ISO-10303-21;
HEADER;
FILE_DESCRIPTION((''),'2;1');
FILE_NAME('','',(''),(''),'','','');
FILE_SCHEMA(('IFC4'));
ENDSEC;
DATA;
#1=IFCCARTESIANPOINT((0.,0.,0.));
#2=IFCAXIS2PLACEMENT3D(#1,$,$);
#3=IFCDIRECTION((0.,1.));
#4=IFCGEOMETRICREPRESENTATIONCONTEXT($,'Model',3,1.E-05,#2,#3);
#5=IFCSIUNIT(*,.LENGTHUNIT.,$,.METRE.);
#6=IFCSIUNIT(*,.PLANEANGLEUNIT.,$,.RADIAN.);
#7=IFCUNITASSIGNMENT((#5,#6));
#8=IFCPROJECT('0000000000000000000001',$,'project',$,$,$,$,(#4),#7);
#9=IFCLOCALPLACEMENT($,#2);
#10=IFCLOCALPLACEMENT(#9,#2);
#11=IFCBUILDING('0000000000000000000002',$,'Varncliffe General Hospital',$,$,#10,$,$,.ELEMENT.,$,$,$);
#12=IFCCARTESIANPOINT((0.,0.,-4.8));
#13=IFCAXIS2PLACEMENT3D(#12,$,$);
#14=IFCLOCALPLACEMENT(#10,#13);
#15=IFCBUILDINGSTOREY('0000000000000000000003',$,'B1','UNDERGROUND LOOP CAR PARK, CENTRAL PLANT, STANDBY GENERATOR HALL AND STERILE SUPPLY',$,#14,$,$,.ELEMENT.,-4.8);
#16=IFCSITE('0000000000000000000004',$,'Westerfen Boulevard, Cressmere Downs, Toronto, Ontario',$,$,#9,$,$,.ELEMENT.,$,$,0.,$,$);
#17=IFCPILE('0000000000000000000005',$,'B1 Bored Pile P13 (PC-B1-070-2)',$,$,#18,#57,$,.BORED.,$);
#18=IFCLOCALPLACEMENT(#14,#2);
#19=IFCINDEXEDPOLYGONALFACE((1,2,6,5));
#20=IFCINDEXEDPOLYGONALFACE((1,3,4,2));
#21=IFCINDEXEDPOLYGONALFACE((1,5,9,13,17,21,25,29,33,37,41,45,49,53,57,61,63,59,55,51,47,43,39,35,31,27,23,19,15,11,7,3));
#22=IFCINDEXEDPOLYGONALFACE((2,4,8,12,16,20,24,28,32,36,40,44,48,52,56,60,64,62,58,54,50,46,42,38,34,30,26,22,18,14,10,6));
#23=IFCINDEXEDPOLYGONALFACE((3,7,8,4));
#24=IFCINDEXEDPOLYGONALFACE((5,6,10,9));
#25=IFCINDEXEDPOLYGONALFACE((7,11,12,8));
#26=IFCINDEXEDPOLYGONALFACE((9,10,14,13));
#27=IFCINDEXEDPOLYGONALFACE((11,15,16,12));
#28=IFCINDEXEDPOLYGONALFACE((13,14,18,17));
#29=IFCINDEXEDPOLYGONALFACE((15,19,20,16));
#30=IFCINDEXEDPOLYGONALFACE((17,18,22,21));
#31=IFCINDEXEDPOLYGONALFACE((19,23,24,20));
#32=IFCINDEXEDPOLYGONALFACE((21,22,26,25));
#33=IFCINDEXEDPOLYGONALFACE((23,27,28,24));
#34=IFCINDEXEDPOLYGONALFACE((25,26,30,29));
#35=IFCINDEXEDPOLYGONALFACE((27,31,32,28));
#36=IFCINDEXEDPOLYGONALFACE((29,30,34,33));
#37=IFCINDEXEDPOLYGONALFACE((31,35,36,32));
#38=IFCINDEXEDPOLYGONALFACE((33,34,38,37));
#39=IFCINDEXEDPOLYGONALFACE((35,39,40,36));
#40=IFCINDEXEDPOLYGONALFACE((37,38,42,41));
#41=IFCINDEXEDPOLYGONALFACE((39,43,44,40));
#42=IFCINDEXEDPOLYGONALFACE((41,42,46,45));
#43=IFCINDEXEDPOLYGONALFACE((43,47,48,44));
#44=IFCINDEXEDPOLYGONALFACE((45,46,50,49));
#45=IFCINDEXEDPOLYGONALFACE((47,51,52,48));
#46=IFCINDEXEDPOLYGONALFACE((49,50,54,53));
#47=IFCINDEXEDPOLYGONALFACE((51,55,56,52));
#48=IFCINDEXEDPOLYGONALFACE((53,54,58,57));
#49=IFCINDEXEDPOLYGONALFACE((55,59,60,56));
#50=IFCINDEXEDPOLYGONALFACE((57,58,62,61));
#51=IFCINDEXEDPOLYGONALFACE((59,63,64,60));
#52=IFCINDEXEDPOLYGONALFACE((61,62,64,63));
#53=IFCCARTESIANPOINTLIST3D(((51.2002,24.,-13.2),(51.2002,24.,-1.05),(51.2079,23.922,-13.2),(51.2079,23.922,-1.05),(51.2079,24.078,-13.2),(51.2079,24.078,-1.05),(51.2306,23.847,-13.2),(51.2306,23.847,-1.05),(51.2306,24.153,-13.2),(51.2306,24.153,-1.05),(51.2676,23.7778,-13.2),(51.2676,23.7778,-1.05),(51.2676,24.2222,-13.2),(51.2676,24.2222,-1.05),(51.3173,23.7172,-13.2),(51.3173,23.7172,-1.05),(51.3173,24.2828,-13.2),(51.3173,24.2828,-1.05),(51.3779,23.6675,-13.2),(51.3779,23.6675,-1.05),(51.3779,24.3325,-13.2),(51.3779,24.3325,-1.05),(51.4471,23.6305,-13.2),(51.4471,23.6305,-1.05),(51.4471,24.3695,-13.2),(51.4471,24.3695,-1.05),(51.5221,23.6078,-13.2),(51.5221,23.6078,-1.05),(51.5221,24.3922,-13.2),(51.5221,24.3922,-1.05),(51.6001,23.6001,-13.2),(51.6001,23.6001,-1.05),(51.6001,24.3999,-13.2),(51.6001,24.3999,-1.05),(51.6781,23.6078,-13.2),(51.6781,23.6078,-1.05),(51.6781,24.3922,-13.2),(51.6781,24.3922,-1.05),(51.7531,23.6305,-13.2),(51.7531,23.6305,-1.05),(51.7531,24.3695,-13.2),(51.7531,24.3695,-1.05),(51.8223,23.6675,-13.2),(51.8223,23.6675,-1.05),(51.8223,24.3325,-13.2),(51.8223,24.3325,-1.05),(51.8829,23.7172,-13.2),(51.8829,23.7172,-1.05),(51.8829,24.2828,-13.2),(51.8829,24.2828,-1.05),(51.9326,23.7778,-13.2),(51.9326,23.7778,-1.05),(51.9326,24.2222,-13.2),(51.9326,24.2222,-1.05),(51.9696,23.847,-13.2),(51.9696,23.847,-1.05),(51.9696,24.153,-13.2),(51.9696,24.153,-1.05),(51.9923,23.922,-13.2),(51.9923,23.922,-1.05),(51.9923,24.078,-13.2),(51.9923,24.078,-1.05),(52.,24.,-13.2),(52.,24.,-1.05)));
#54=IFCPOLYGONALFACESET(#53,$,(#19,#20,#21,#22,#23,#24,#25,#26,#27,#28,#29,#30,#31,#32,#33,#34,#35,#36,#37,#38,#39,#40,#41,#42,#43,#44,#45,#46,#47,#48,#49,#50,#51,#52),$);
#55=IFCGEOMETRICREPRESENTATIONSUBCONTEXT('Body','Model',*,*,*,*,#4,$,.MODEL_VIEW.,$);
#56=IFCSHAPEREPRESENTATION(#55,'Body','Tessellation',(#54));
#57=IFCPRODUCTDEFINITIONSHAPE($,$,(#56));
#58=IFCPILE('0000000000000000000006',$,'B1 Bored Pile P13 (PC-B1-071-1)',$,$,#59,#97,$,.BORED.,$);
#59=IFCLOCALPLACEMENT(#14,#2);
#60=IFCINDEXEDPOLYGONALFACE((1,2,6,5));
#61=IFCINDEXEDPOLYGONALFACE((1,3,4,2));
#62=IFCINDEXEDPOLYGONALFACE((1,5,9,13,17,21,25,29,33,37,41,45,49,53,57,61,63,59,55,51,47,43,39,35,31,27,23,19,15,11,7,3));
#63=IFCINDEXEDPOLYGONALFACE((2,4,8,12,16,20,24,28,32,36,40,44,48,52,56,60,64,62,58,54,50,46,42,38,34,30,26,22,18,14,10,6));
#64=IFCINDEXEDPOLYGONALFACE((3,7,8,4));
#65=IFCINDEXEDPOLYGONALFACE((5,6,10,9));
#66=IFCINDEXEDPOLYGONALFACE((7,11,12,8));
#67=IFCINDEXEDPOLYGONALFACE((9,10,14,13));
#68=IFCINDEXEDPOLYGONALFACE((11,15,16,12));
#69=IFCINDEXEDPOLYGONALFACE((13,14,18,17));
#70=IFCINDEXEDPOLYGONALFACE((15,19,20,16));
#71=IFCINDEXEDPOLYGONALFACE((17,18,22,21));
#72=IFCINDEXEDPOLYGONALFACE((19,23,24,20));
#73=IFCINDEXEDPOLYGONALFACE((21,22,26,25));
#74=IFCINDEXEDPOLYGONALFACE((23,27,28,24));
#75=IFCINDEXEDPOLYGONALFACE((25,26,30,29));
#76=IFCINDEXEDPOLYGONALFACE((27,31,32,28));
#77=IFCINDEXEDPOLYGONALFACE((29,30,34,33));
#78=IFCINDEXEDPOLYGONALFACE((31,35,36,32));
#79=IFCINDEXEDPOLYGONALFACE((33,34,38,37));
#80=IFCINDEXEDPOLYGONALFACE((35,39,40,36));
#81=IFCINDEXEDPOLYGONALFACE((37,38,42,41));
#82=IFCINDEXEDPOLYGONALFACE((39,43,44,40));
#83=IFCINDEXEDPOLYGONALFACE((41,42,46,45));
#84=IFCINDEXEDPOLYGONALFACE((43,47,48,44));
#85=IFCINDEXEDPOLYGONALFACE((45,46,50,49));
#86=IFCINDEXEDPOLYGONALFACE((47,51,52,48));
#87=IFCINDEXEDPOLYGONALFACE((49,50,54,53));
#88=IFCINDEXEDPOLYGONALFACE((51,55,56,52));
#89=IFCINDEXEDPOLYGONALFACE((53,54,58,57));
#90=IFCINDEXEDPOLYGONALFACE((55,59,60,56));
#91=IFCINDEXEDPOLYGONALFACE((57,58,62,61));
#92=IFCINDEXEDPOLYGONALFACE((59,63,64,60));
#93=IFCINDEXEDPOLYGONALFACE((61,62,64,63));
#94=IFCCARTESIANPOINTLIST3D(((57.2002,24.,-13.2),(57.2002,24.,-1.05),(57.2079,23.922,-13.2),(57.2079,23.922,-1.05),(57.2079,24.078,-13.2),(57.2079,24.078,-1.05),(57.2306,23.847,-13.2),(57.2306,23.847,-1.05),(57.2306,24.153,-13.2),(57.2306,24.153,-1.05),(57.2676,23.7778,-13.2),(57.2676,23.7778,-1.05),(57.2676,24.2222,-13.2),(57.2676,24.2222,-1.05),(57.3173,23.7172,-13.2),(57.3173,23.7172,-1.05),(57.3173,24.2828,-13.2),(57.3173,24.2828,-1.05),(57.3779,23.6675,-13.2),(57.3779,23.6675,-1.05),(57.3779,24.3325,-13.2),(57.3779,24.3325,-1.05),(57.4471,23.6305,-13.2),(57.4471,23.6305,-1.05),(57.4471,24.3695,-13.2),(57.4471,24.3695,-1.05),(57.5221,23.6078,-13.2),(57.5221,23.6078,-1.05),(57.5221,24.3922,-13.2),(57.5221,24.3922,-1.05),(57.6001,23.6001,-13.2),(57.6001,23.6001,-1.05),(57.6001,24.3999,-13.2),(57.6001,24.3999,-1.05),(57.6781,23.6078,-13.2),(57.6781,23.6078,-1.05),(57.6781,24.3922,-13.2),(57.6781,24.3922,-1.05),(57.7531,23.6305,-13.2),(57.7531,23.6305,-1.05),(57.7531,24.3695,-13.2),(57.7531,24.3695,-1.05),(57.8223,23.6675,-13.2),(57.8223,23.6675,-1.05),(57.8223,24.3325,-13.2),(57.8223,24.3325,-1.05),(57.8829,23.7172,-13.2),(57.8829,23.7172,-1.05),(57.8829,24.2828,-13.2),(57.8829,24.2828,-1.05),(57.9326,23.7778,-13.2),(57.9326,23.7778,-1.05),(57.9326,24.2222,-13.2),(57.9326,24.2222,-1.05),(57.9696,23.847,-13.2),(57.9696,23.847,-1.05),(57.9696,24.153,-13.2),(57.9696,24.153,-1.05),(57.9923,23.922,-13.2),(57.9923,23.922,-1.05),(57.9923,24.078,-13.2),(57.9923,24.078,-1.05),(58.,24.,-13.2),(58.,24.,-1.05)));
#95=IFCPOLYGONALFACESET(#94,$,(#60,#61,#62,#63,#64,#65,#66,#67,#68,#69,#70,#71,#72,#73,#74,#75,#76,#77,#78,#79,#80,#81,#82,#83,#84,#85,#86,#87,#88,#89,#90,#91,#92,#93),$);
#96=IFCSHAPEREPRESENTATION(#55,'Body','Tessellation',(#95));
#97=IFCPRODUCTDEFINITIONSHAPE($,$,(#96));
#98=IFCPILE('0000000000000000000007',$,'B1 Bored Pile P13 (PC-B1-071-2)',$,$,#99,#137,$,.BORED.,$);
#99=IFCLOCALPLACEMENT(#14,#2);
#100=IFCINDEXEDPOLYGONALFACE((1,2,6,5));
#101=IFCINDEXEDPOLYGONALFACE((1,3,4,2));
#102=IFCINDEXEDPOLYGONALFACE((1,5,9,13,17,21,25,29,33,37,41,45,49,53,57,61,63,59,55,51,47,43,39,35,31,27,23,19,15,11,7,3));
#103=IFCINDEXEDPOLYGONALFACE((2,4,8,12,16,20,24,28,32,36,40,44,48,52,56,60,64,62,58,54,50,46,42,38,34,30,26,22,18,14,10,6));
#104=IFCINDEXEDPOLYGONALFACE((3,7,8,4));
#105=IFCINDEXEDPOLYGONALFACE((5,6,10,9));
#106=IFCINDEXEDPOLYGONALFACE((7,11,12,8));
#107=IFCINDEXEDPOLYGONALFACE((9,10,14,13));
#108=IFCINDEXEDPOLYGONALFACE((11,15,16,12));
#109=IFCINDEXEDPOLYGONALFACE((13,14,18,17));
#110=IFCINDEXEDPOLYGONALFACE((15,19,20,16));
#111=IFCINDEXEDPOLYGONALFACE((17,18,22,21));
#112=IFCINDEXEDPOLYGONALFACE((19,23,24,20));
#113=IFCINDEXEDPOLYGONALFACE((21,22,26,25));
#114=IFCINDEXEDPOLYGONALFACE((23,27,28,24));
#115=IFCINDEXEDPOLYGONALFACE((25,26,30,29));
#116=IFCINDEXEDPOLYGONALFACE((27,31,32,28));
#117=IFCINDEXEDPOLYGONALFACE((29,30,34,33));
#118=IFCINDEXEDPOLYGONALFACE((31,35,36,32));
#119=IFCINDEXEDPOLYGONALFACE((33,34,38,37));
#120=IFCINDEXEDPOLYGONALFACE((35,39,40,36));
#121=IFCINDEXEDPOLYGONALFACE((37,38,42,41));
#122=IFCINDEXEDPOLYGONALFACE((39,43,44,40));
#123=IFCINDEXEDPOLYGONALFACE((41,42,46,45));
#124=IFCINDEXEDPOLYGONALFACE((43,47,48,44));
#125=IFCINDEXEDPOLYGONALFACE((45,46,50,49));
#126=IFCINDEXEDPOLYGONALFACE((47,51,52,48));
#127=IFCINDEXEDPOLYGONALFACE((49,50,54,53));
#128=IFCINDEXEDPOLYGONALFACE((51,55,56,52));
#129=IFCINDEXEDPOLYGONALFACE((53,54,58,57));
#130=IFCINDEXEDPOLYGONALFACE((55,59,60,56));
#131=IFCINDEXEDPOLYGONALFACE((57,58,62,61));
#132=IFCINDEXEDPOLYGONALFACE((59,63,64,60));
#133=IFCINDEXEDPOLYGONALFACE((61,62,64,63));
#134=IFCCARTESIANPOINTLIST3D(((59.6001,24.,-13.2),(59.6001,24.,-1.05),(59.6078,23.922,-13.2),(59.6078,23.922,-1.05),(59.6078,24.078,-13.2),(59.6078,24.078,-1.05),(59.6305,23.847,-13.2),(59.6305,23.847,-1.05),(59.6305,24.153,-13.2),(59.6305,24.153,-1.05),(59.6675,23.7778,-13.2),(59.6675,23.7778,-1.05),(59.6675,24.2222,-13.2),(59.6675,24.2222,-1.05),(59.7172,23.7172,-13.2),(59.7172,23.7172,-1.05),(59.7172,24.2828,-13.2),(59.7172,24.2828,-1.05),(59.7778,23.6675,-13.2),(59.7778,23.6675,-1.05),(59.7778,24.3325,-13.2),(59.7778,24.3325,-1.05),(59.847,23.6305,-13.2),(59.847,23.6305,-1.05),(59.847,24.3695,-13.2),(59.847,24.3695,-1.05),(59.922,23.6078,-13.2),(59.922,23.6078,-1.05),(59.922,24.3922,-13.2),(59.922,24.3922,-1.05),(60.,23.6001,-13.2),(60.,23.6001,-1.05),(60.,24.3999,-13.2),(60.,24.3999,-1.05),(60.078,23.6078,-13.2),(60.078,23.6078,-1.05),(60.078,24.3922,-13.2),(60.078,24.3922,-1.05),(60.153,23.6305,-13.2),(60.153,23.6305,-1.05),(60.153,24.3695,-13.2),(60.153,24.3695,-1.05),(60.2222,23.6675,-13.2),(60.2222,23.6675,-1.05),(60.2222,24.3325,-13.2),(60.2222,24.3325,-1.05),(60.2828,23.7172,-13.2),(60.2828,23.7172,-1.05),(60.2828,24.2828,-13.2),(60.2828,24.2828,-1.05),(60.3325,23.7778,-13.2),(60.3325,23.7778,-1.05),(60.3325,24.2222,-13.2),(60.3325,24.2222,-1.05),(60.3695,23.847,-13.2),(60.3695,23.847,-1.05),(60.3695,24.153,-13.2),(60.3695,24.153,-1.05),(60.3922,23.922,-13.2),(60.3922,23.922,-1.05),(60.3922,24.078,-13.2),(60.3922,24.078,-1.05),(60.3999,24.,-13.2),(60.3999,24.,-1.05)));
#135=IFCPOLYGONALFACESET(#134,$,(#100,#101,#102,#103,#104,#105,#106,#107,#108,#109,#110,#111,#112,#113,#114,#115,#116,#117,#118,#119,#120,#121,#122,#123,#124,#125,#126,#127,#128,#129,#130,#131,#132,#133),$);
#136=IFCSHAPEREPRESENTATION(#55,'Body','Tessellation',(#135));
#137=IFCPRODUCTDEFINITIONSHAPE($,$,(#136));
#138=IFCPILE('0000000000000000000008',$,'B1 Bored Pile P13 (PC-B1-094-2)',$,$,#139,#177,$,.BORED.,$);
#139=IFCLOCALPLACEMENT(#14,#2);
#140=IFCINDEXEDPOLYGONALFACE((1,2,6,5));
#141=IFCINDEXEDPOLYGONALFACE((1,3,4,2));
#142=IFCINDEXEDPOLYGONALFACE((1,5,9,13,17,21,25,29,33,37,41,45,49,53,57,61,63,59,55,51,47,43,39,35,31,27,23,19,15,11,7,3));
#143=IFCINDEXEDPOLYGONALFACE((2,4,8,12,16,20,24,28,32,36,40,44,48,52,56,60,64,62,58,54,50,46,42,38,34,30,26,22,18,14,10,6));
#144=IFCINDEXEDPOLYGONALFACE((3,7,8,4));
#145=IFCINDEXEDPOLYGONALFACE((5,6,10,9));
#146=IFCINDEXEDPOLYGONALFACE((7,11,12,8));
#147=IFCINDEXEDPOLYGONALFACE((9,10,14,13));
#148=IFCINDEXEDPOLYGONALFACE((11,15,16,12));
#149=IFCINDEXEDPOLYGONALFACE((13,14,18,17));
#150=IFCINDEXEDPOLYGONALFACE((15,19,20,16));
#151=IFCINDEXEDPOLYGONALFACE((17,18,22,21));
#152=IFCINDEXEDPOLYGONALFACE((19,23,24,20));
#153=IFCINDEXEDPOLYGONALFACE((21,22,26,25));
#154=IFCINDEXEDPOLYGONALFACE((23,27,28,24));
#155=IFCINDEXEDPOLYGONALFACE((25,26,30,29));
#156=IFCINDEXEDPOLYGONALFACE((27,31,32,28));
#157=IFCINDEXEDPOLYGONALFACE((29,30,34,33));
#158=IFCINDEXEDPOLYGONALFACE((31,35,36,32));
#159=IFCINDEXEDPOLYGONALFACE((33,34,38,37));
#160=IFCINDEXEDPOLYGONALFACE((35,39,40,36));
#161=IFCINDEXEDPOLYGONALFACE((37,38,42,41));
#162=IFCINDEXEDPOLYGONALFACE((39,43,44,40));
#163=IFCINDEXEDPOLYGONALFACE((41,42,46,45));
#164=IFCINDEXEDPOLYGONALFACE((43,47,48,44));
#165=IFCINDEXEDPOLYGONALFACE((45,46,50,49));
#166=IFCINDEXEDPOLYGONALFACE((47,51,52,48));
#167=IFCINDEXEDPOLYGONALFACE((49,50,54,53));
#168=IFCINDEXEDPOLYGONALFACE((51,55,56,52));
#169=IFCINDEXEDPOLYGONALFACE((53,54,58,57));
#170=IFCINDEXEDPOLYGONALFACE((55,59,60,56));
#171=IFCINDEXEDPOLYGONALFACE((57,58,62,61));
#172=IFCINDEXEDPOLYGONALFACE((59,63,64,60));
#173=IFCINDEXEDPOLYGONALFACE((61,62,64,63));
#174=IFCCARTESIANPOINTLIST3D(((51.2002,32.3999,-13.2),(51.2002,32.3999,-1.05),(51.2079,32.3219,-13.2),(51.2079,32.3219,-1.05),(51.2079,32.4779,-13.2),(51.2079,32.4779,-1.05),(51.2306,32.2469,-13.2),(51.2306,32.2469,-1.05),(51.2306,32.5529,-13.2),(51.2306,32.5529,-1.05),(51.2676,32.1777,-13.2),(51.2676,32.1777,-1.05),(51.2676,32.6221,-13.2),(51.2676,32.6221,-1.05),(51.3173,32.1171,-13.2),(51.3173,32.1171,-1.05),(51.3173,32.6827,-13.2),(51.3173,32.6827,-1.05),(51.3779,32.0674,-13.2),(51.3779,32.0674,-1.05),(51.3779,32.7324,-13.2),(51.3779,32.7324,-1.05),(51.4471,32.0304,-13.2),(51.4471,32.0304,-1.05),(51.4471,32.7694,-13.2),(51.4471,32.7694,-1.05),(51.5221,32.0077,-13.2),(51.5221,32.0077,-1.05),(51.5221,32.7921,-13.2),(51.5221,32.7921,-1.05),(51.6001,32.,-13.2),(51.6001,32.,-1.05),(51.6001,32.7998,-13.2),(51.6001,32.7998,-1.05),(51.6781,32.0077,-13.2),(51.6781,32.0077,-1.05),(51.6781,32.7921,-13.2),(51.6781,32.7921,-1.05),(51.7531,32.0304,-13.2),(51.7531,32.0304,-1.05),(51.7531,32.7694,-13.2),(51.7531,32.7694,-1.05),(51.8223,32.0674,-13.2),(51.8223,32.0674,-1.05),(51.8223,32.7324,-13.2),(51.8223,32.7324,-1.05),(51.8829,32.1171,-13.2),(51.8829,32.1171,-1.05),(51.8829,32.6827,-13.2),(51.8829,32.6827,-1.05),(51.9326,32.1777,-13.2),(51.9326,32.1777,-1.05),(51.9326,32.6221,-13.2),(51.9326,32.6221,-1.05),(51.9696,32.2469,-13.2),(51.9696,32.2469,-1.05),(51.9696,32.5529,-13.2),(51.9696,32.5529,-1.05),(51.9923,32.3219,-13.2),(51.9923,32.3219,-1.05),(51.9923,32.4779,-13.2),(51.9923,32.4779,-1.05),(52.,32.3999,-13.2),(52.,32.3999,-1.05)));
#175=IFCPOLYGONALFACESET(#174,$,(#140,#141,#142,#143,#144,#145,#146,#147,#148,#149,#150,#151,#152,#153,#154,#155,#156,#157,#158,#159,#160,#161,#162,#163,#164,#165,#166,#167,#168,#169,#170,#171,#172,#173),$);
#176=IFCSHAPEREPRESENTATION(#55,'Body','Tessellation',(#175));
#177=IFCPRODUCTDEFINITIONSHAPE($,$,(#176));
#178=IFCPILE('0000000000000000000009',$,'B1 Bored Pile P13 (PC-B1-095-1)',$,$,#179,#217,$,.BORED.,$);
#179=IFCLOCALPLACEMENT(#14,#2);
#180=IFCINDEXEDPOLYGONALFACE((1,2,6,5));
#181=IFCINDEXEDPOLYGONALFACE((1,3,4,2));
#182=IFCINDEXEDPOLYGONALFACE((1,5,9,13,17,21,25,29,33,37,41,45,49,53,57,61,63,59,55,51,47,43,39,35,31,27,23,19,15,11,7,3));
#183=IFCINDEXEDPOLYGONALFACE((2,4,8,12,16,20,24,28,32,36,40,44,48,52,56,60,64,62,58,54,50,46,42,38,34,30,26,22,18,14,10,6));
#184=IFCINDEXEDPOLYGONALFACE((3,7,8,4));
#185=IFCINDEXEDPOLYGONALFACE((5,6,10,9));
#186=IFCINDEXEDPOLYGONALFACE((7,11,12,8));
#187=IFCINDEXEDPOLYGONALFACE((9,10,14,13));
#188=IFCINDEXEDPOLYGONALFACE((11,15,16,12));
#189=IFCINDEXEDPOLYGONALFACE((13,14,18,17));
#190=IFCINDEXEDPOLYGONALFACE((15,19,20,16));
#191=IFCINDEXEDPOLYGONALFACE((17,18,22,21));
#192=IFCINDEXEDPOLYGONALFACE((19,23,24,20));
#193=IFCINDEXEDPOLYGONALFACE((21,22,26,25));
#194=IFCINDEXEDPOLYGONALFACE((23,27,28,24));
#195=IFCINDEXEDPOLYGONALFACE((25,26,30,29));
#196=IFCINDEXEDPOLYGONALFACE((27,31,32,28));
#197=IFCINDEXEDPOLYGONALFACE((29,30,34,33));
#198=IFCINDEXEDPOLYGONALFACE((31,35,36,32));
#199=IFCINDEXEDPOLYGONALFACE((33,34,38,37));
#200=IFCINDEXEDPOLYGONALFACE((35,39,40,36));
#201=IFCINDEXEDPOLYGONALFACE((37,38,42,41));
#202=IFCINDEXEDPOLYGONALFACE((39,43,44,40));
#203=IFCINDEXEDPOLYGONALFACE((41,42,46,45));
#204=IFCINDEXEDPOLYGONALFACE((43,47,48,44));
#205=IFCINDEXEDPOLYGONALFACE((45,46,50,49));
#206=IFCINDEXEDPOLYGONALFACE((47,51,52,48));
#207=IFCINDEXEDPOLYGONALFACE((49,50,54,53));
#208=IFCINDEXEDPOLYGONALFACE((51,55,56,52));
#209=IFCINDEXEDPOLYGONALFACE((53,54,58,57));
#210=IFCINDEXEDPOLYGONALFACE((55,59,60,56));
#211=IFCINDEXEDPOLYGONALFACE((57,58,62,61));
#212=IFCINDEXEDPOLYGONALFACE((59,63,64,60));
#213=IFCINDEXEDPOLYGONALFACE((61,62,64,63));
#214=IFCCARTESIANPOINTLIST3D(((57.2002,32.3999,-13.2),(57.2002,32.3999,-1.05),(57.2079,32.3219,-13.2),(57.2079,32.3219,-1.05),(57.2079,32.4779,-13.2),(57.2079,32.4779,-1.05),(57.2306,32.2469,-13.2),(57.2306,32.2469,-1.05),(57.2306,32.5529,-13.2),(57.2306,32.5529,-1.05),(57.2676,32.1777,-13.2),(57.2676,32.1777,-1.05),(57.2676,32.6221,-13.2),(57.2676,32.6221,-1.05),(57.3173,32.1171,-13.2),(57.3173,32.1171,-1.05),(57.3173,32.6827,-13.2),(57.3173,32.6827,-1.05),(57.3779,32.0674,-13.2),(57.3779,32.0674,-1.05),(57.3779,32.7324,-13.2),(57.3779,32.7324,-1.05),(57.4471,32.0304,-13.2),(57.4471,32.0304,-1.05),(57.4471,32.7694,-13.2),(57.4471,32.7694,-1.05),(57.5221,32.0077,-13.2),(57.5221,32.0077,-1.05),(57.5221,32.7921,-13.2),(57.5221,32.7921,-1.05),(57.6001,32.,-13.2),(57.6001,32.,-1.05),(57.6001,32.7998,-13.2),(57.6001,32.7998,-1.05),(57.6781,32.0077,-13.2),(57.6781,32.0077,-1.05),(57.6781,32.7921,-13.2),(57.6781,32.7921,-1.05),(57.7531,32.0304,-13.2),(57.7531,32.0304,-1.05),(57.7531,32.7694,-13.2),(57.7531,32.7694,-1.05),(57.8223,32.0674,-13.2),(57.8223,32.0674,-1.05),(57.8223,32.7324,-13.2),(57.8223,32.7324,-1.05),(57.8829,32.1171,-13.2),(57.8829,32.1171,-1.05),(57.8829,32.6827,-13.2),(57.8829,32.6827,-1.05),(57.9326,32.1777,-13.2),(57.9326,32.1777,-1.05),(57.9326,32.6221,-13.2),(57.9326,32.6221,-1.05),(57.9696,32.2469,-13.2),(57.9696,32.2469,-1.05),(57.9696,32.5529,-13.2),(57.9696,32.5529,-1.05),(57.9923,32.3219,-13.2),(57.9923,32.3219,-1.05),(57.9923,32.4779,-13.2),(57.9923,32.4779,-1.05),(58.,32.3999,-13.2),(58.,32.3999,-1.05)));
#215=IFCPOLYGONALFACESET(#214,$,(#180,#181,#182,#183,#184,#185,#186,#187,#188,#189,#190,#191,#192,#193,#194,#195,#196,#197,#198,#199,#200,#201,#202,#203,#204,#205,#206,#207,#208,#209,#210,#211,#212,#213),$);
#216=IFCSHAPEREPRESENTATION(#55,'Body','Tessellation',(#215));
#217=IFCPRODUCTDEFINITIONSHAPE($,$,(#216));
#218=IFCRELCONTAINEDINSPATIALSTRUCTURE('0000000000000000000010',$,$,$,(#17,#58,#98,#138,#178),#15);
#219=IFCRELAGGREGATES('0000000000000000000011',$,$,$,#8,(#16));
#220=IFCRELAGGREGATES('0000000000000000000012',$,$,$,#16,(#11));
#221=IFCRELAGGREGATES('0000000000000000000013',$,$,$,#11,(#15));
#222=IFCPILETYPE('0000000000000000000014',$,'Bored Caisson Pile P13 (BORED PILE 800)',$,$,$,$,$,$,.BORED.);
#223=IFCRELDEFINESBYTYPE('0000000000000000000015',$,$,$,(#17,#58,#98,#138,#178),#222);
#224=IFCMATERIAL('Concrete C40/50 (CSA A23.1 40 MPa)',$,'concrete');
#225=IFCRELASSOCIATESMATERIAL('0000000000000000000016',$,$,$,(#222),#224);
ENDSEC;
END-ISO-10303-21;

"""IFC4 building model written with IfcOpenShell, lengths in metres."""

from ifc_helpers import new_model, si_unit, direction, frame, origin, origin_2d, place, context, subcontext, project, spatial, circle, extrude, material, material_profile, profile_set, type_object, element, save


model = new_model("IFC4")

# Units and contexts
model_context = context("Model", 3, precision=1e-05, world=origin(), true_north=direction((0.0, 1.0)))
body_context = subcontext(model_context, "Body", "Model", "MODEL_VIEW")
ifc_project = project(units=[si_unit("LENGTHUNIT", "METRE"), si_unit("PLANEANGLEUNIT", "RADIAN")], contexts=[model_context])

# Site, building, storey
site_placement = place(None, origin())
site = spatial("IfcSite", under=ifc_project, at=site_placement, Name="Westerfen Boulevard, Cressmere Downs, Toronto, Ontario", CompositionType="ELEMENT", RefElevation=0.0)
building_placement = place(site_placement, origin())
building = spatial("IfcBuilding", under=site, at=building_placement, Name="Varncliffe General Hospital", CompositionType="ELEMENT")
storey_placement = place(building_placement, frame((0.0, 0.0, -4.8)))
storey = spatial("IfcBuildingStorey", under=building, at=storey_placement, Name="B1", Description="UNDERGROUND LOOP CAR PARK, CENTRAL PLANT, STANDBY GENERATOR HALL AND STERILE SUPPLY", CompositionType="ELEMENT", Elevation=-4.8)

# Piles
ifc_material_1 = material(Name="Concrete C40/50 (CSA A23.1 40 MPa)", Category="concrete")
ifc_material_profile_1 = material_profile(ifc_material_1, circle(Radius=0.3999, at=origin_2d()), Name="BORED PILE 800")
ifc_profile_set_1 = profile_set([ifc_material_profile_1], Name="Concrete C40/50 (CSA A23.1 40 MPa)")
pile_type = type_object("IfcPileType", Name="Bored Caisson Pile P13 (BORED PILE 800)", PredefinedType="BORED", material=ifc_profile_set_1)
for number, where, z_axis, x_axis, name in (
    (1, (51.6001, 24.0, -1.05), (0.0, 0.0, -1.0), (1.0, 0.0, 0.0), "B1 Bored Pile P13 (PC-B1-070-2)"),
    (2, (57.6001, 24.0, -1.05), (0.0, 0.0, -1.0), (1.0, 0.0, 0.0), "B1 Bored Pile P13 (PC-B1-071-1)"),
    (3, (60.0, 24.0, -1.05), (0.0, 0.0, -1.0), (1.0, 0.0, 0.0), "B1 Bored Pile P13 (PC-B1-071-2)"),
    (4, (51.6001, 32.3999, -1.05), (0.0, 0.0, -1.0), (1.0, 0.0, 0.0), "B1 Bored Pile P13 (PC-B1-094-2)"),
    (5, (57.6001, 32.3999, -1.05), (0.0, 0.0, -1.0), (1.0, 0.0, 0.0), "B1 Bored Pile P13 (PC-B1-095-1)"),
):
    element("IfcPile", number, at=place(storey_placement, frame(where, z_axis=z_axis, x_axis=x_axis)), inside=storey, type_object=pile_type, Name=name, PredefinedType="BORED", context=body_context, shape_type="SweptSolid", body=[
        extrude(circle(Radius=0.3999, at=origin_2d()), origin(), (0.0, 0.0, 1.0), 12.1499),
    ])

save(model, "model.ifc")
